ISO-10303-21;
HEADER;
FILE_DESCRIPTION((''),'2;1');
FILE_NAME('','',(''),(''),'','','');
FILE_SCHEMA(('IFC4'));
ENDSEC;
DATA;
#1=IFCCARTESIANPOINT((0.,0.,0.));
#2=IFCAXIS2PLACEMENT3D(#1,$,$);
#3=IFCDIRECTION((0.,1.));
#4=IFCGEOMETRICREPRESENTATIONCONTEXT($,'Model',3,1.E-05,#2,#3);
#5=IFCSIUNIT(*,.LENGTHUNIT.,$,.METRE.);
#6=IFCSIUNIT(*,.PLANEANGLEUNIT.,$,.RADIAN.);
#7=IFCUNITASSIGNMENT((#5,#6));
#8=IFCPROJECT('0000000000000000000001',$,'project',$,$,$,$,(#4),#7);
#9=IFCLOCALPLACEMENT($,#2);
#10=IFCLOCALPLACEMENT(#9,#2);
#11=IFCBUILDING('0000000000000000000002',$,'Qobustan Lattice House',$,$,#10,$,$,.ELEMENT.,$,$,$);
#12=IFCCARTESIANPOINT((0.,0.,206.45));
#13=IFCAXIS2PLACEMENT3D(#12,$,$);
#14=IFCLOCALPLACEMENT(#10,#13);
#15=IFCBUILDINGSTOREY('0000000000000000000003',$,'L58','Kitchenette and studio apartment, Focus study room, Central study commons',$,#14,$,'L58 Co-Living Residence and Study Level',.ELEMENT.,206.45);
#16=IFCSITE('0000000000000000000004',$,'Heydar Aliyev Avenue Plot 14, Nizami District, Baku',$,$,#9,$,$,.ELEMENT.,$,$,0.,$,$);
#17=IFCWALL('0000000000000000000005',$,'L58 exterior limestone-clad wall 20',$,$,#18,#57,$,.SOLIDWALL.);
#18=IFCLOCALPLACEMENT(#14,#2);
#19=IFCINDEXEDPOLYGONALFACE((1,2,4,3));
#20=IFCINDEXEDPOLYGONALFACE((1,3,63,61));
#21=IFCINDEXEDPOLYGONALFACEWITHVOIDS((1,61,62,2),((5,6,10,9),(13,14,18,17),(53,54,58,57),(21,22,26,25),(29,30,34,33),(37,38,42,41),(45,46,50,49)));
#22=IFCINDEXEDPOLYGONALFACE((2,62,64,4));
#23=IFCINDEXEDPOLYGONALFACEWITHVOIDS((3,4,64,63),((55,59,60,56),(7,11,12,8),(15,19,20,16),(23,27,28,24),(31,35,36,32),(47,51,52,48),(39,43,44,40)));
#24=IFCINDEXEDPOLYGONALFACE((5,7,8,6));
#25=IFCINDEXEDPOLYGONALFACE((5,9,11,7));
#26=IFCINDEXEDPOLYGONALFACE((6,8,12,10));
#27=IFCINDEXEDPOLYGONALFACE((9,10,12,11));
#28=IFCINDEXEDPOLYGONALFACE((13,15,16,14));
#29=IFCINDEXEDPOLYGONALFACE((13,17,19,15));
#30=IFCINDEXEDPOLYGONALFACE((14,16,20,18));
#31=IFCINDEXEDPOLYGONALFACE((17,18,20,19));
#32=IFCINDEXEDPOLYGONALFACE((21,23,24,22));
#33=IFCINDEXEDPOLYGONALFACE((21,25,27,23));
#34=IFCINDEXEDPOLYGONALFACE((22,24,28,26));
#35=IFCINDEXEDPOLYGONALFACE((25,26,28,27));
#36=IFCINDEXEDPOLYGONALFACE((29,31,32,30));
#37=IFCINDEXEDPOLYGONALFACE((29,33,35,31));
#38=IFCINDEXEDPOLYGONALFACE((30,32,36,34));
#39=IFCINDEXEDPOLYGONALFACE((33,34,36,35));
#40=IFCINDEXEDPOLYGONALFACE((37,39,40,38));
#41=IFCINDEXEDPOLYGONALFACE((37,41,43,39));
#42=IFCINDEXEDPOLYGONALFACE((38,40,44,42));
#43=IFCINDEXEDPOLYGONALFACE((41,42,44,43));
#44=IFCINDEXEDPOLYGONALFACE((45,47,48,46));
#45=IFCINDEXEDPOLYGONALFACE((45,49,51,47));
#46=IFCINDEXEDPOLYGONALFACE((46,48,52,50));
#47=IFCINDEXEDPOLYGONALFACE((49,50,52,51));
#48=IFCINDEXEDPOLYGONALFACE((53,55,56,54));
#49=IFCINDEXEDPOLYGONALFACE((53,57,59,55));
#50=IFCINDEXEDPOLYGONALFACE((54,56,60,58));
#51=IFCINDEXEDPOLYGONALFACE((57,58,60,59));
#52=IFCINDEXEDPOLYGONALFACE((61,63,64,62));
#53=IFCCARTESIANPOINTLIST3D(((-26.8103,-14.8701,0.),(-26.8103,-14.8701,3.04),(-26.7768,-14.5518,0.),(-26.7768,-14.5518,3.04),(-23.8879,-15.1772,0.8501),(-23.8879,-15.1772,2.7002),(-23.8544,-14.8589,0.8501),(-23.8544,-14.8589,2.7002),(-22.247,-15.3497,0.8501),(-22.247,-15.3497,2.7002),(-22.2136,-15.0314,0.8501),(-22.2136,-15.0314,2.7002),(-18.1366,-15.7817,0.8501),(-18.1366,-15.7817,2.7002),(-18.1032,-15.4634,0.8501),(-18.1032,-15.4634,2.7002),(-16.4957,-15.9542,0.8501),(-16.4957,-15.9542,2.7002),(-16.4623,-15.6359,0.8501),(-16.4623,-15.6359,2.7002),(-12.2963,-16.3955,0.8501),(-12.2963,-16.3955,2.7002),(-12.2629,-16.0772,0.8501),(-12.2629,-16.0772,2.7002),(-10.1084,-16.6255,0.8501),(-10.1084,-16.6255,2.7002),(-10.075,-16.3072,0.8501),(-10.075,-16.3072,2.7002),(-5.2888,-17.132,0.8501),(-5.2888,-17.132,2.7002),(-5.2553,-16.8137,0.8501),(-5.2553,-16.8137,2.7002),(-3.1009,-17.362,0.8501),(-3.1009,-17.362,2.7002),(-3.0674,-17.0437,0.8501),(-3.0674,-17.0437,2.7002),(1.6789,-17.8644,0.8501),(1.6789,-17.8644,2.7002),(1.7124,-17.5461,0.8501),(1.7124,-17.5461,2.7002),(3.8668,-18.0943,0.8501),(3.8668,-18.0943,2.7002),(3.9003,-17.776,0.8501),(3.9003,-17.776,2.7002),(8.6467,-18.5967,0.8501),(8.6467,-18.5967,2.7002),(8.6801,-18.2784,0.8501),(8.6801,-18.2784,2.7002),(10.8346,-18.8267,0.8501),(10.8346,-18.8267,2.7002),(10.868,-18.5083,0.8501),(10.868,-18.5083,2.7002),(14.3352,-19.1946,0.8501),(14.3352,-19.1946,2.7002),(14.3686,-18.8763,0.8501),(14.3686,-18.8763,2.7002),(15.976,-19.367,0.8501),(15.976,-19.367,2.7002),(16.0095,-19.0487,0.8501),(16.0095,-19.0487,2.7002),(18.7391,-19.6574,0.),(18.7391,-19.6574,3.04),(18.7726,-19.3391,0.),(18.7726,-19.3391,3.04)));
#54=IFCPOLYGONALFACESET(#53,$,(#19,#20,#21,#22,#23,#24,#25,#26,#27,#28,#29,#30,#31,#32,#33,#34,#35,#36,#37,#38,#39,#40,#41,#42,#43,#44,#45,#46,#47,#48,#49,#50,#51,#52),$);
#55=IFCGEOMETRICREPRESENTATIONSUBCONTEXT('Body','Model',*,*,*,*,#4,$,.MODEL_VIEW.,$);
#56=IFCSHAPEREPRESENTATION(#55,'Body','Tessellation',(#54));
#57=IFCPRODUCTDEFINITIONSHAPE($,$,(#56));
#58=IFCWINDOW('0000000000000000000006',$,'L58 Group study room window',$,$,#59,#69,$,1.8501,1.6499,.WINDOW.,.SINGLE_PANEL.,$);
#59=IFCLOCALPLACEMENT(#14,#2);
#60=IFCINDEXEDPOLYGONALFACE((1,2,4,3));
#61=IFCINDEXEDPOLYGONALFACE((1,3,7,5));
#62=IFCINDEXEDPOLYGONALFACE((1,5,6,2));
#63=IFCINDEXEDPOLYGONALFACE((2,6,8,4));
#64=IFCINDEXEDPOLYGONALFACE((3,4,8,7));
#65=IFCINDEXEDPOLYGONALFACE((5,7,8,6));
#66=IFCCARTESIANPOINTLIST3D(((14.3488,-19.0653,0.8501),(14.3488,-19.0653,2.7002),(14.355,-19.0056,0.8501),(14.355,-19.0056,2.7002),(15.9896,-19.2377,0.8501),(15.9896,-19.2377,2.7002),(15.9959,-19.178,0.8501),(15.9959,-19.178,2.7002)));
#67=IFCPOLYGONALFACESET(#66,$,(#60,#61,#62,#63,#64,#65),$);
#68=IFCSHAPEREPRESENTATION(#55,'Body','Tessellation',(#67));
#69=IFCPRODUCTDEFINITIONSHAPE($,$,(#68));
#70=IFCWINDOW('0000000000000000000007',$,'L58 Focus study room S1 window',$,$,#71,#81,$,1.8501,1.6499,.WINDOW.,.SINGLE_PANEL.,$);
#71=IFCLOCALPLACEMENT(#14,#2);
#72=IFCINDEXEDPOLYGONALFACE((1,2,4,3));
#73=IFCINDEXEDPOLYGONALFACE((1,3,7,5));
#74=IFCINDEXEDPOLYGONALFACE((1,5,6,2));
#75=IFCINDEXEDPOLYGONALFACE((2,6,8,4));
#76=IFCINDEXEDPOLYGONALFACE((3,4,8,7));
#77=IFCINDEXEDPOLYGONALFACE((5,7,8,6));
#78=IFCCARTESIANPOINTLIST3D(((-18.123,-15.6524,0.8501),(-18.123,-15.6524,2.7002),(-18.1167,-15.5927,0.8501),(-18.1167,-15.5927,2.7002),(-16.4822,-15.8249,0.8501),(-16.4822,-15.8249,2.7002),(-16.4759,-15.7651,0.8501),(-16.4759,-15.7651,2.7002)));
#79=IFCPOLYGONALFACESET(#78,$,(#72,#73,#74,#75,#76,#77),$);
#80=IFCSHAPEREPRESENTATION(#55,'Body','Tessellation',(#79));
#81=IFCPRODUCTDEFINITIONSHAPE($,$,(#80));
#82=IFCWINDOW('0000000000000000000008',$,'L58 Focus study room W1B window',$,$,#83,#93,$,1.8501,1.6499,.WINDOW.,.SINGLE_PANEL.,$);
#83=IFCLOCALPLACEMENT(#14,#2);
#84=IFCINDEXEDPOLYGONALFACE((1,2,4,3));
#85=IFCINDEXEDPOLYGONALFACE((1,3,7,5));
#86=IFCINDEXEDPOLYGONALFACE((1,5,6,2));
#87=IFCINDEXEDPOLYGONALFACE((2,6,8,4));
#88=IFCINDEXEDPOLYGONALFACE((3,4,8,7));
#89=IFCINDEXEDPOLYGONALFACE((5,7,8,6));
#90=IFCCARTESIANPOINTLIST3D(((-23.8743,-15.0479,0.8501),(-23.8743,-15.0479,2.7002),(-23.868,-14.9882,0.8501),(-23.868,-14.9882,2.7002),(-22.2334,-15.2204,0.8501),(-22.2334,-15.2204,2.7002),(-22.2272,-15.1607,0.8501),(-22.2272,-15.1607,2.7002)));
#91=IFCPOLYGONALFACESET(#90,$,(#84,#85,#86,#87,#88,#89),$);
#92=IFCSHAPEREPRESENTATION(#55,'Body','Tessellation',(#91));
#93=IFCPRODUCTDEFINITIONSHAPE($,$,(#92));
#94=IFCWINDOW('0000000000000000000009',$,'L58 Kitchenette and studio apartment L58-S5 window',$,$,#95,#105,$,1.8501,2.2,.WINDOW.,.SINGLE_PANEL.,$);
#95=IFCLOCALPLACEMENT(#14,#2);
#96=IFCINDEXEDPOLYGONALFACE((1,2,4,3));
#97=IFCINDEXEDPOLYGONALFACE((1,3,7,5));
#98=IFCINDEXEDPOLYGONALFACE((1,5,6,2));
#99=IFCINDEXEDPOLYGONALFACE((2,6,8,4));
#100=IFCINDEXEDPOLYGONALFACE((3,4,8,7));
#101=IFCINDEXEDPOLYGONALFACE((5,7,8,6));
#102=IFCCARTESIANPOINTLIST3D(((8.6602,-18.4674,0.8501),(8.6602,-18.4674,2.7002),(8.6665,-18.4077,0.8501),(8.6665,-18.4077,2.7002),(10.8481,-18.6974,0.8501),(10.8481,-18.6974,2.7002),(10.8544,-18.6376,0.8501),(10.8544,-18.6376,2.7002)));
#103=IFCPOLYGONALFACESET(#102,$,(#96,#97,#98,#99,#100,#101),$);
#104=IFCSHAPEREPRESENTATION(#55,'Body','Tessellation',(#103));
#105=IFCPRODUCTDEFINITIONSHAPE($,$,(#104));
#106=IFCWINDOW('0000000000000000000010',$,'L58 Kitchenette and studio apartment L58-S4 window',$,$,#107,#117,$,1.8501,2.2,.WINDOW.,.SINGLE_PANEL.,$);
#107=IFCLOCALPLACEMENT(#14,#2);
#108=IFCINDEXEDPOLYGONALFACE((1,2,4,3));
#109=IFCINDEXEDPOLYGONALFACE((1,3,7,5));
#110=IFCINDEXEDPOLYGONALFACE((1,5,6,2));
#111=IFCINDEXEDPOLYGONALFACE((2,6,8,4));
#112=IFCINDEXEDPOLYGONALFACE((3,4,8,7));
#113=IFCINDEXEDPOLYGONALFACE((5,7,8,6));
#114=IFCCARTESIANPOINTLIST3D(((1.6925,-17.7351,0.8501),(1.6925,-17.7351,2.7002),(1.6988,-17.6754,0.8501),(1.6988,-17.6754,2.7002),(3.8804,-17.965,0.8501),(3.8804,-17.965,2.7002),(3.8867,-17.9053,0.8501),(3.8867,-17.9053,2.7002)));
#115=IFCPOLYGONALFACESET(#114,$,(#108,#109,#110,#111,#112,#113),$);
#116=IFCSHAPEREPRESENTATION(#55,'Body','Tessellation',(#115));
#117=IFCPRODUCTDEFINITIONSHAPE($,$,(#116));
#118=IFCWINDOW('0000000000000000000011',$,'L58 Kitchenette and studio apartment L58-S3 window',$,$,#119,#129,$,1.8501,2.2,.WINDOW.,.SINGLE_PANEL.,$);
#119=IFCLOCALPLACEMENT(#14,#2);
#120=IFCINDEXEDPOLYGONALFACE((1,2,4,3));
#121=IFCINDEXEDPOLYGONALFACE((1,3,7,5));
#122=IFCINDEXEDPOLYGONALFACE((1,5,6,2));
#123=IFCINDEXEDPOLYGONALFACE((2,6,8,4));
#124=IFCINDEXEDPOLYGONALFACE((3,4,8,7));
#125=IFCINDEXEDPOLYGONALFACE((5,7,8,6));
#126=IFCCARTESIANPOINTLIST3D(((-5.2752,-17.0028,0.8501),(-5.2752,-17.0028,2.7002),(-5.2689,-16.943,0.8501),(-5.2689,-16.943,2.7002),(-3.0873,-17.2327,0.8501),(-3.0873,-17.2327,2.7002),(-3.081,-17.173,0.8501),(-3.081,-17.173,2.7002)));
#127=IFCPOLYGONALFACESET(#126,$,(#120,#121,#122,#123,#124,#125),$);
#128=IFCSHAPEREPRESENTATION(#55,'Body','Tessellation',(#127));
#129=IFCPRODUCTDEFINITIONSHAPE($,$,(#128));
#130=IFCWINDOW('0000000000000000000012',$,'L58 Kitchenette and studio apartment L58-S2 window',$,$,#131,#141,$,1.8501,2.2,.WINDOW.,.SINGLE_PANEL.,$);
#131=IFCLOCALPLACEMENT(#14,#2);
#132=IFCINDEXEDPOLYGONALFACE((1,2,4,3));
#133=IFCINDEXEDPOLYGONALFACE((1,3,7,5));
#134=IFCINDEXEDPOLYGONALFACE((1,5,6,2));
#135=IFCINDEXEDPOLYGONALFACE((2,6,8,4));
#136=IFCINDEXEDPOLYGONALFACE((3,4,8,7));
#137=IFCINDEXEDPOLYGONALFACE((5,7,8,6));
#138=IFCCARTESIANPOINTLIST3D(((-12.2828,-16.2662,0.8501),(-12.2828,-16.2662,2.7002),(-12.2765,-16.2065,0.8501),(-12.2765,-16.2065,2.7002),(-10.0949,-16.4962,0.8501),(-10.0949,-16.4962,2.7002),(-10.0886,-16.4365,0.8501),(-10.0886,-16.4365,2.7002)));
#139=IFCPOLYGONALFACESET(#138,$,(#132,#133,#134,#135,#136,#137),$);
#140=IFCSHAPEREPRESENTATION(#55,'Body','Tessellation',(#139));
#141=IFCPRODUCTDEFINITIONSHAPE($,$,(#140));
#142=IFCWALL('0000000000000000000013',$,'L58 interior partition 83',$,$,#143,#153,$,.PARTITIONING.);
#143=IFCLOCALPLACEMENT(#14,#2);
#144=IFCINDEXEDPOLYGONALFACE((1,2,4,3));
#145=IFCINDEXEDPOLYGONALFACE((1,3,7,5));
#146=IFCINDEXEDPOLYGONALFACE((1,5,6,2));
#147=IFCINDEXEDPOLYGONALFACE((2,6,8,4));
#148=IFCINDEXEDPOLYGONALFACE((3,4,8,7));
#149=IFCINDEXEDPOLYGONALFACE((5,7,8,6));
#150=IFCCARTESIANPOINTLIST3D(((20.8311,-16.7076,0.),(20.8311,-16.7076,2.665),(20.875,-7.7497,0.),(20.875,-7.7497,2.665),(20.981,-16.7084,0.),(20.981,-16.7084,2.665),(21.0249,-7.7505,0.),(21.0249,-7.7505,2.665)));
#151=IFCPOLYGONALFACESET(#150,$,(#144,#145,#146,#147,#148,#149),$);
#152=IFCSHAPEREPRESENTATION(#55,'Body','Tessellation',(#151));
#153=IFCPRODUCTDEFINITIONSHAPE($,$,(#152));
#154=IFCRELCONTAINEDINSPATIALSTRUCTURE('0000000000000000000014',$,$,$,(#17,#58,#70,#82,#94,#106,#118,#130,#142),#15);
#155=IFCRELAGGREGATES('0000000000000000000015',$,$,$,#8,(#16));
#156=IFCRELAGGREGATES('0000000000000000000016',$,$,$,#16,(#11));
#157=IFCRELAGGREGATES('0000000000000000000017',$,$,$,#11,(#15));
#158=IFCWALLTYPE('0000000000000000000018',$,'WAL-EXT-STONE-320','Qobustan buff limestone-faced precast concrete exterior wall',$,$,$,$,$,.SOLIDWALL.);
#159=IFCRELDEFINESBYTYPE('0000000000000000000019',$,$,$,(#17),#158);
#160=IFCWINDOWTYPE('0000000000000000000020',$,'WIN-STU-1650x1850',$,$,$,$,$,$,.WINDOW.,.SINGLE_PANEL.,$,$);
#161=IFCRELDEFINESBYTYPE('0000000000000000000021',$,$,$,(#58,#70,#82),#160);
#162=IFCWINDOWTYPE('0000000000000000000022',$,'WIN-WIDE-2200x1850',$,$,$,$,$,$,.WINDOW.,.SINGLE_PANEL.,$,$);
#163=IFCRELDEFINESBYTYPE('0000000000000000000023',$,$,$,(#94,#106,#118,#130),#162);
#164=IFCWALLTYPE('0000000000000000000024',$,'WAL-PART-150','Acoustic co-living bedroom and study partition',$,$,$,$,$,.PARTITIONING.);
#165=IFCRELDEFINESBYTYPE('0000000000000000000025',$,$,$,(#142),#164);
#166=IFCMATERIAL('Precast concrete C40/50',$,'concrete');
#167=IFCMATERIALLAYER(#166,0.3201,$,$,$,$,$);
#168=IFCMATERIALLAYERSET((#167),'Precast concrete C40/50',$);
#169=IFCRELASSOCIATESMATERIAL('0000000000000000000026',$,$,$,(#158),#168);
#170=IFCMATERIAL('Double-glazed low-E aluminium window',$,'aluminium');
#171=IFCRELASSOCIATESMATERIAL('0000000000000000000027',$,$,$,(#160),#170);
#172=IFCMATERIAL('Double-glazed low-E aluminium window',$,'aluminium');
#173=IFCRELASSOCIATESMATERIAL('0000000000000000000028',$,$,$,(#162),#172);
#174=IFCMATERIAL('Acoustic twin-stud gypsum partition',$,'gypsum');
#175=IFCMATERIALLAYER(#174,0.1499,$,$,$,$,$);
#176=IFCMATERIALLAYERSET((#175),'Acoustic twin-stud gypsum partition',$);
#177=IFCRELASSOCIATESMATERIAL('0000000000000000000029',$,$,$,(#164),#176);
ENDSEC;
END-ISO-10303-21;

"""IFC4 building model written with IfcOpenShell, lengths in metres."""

from ifc_helpers import new_model, si_unit, direction, frame, frame_2d, origin, place, context, subcontext, project, spatial, rectangle, extrude, material, layer, layer_set, type_object, element, fill, save


model = new_model("IFC4")

# Units and contexts
model_context = context("Model", 3, precision=1e-05, world=origin(), true_north=direction((0.0, 1.0)))
body_context = subcontext(model_context, "Body", "Model", "MODEL_VIEW")
ifc_project = project(units=[si_unit("LENGTHUNIT", "METRE"), si_unit("PLANEANGLEUNIT", "RADIAN")], contexts=[model_context])

# Site, building, storey
site_placement = place(None, origin())
site = spatial("IfcSite", under=ifc_project, at=site_placement, Name="Heydar Aliyev Avenue Plot 14, Nizami District, Baku", CompositionType="ELEMENT", RefElevation=0.0)
building_placement = place(site_placement, origin())
building = spatial("IfcBuilding", under=site, at=building_placement, Name="Qobustan Lattice House", CompositionType="ELEMENT")
storey_placement = place(building_placement, frame((0.0, 0.0, 206.45)))
storey = spatial("IfcBuildingStorey", under=building, at=storey_placement, Name="L58", Description="Kitchenette and studio apartment, Focus study room, Central study commons", LongName="L58 Co-Living Residence and Study Level", CompositionType="ELEMENT", Elevation=206.45)

# Shared definitions
ifc_material_1 = material(Name="Precast concrete C40/50", Category="concrete")
ifc_layer_1 = layer(ifc_material_1, 0.3201)
ifc_layer_set_1 = layer_set([ifc_layer_1], Name="Precast concrete C40/50")
wall_type_1 = type_object("IfcWallType", Name="WAL-EXT-STONE-320", Description="Qobustan buff limestone-faced precast concrete exterior wall", PredefinedType="SOLIDWALL", material=ifc_layer_set_1)

# Wall, openings, windows
wall_1_placement = place(storey_placement, frame((18.7559, -19.4983, 0.0), z_axis=(0.0, 0.0, 1.0), x_axis=(-0.994522, 0.104527, 0.0)))
wall_1 = element("IfcWall", 1, at=wall_1_placement, inside=storey, type_object=wall_type_1, Name="L58 exterior limestone-clad wall 20", PredefinedType="SOLIDWALL", context=body_context, shape_type="SweptSolid", body=[
    extrude(rectangle(XDim=45.8003, YDim=0.3201, at=frame_2d((22.9001, 0.0))), origin(), (0.0, 0.0, 1.0), 3.04),
])
opening_1_placement = place(wall_1_placement, frame((2.7783, 0.0, 0.8501)))
opening_1 = element("IfcOpeningElement", 2, at=opening_1_placement, cuts=wall_1, PredefinedType="OPENING", context=body_context, shape_type="SweptSolid", body=[
    extrude(rectangle(XDim=1.6499, YDim=1.8501, at=frame_2d((0.825, 0.925))), frame((0.0, 0.1699, 0.0), z_axis=(0.0, -1.0, 0.0), x_axis=(1.0, 0.0, 0.0)), (0.0, 0.0, 1.0), 0.3401),
])
opening_2_placement = place(wall_1_placement, frame((7.948, 0.0, 0.8501)))
opening_2 = element("IfcOpeningElement", 3, at=opening_2_placement, cuts=wall_1, PredefinedType="OPENING", context=body_context, shape_type="SweptSolid", body=[
    extrude(rectangle(XDim=2.2, YDim=1.8501, at=frame_2d((1.1001, 0.925))), frame((0.0, 0.1699, 0.0), z_axis=(0.0, -1.0, 0.0), x_axis=(1.0, 0.0, 0.0)), (0.0, 0.0, 1.0), 0.3401),
])
opening_3_placement = place(wall_1_placement, frame((14.9541, 0.0, 0.8501)))
opening_3 = element("IfcOpeningElement", 4, at=opening_3_placement, cuts=wall_1, PredefinedType="OPENING", context=body_context, shape_type="SweptSolid", body=[
    extrude(rectangle(XDim=2.2, YDim=1.8501, at=frame_2d((1.1001, 0.925))), frame((0.0, 0.1699, 0.0), z_axis=(0.0, -1.0, 0.0), x_axis=(1.0, 0.0, 0.0)), (0.0, 0.0, 1.0), 0.3401),
])
opening_4_placement = place(wall_1_placement, frame((21.9602, 0.0, 0.8501)))
opening_4 = element("IfcOpeningElement", 5, at=opening_4_placement, cuts=wall_1, PredefinedType="OPENING", context=body_context, shape_type="SweptSolid", body=[
    extrude(rectangle(XDim=2.2, YDim=1.8501, at=frame_2d((1.1001, 0.925))), frame((0.0, 0.1699, 0.0), z_axis=(0.0, -1.0, 0.0), x_axis=(1.0, 0.0, 0.0)), (0.0, 0.0, 1.0), 0.3401),
])
opening_5_placement = place(wall_1_placement, frame((29.0063, 0.0, 0.8501)))
opening_5 = element("IfcOpeningElement", 6, at=opening_5_placement, cuts=wall_1, PredefinedType="OPENING", context=body_context, shape_type="SweptSolid", body=[
    extrude(rectangle(XDim=2.2, YDim=1.8501, at=frame_2d((1.1001, 0.925))), frame((0.0, 0.1699, 0.0), z_axis=(0.0, -1.0, 0.0), x_axis=(1.0, 0.0, 0.0)), (0.0, 0.0, 1.0), 0.3401),
])
opening_6_placement = place(wall_1_placement, frame((35.429, 0.0, 0.8501)))
opening_6 = element("IfcOpeningElement", 7, at=opening_6_placement, cuts=wall_1, PredefinedType="OPENING", context=body_context, shape_type="SweptSolid", body=[
    extrude(rectangle(XDim=1.6499, YDim=1.8501, at=frame_2d((0.825, 0.925))), frame((0.0, 0.1699, 0.0), z_axis=(0.0, -1.0, 0.0), x_axis=(1.0, 0.0, 0.0)), (0.0, 0.0, 1.0), 0.3401),
])
opening_7_placement = place(wall_1_placement, frame((41.2119, 0.0, 0.8501)))
opening_7 = element("IfcOpeningElement", 8, at=opening_7_placement, cuts=wall_1, PredefinedType="OPENING", context=body_context, shape_type="SweptSolid", body=[
    extrude(rectangle(XDim=1.6499, YDim=1.8501, at=frame_2d((0.825, 0.925))), frame((0.0, 0.1699, 0.0), z_axis=(0.0, -1.0, 0.0), x_axis=(1.0, 0.0, 0.0)), (0.0, 0.0, 1.0), 0.3401),
])
ifc_material_2 = material(Name="Double-glazed low-E aluminium window", Category="aluminium")
window_type_1 = type_object("IfcWindowType", Name="WIN-STU-1650x1850", PartitioningType="SINGLE_PANEL", PredefinedType="WINDOW", material=ifc_material_2)
window_1_placement = place(opening_1_placement, origin())
window_1 = element("IfcWindow", 9, at=window_1_placement, inside=storey, type_object=window_type_1, Name="L58 Group study room window", OverallHeight=1.8501, OverallWidth=1.6499, PartitioningType="SINGLE_PANEL", PredefinedType="WINDOW", context=body_context, shape_type="SweptSolid", body=[
    extrude(rectangle(XDim=1.6499, YDim=1.8501, at=frame_2d((0.825, 0.925))), frame((0.0, 0.03, 0.0), z_axis=(0.0, -1.0, 0.0), x_axis=(1.0, 0.0, 0.0)), (0.0, 0.0, 1.0), 0.0601),
])
fill(opening_1, window_1)
window_2_placement = place(opening_6_placement, origin())
window_2 = element("IfcWindow", 10, at=window_2_placement, inside=storey, type_object=window_type_1, Name="L58 Focus study room S1 window", OverallHeight=1.8501, OverallWidth=1.6499, PartitioningType="SINGLE_PANEL", PredefinedType="WINDOW", context=body_context, shape_type="SweptSolid", body=[
    extrude(rectangle(XDim=1.6499, YDim=1.8501, at=frame_2d((0.825, 0.925))), frame((0.0, 0.03, 0.0), z_axis=(0.0, -1.0, 0.0), x_axis=(1.0, 0.0, 0.0)), (0.0, 0.0, 1.0), 0.0601),
])
fill(opening_6, window_2)
window_3_placement = place(opening_7_placement, origin())
window_3 = element("IfcWindow", 11, at=window_3_placement, inside=storey, type_object=window_type_1, Name="L58 Focus study room W1B window", OverallHeight=1.8501, OverallWidth=1.6499, PartitioningType="SINGLE_PANEL", PredefinedType="WINDOW", context=body_context, shape_type="SweptSolid", body=[
    extrude(rectangle(XDim=1.6499, YDim=1.8501, at=frame_2d((0.825, 0.925))), frame((0.0, 0.03, 0.0), z_axis=(0.0, -1.0, 0.0), x_axis=(1.0, 0.0, 0.0)), (0.0, 0.0, 1.0), 0.0601),
])
fill(opening_7, window_3)
ifc_material_3 = material(Name="Double-glazed low-E aluminium window", Category="aluminium")
window_type_2 = type_object("IfcWindowType", Name="WIN-WIDE-2200x1850", PartitioningType="SINGLE_PANEL", PredefinedType="WINDOW", material=ifc_material_3)
window_4_placement = place(opening_2_placement, origin())
window_4 = element("IfcWindow", 12, at=window_4_placement, inside=storey, type_object=window_type_2, Name="L58 Kitchenette and studio apartment L58-S5 window", OverallHeight=1.8501, OverallWidth=2.2, PartitioningType="SINGLE_PANEL", PredefinedType="WINDOW", context=body_context, shape_type="SweptSolid", body=[
    extrude(rectangle(XDim=2.2, YDim=1.8501, at=frame_2d((1.1001, 0.925))), frame((0.0, 0.03, 0.0), z_axis=(0.0, -1.0, 0.0), x_axis=(1.0, 0.0, 0.0)), (0.0, 0.0, 1.0), 0.0601),
])
fill(opening_2, window_4)
window_5_placement = place(opening_3_placement, origin())
window_5 = element("IfcWindow", 13, at=window_5_placement, inside=storey, type_object=window_type_2, Name="L58 Kitchenette and studio apartment L58-S4 window", OverallHeight=1.8501, OverallWidth=2.2, PartitioningType="SINGLE_PANEL", PredefinedType="WINDOW", context=body_context, shape_type="SweptSolid", body=[
    extrude(rectangle(XDim=2.2, YDim=1.8501, at=frame_2d((1.1001, 0.925))), frame((0.0, 0.03, 0.0), z_axis=(0.0, -1.0, 0.0), x_axis=(1.0, 0.0, 0.0)), (0.0, 0.0, 1.0), 0.0601),
])
fill(opening_3, window_5)
window_6_placement = place(opening_4_placement, origin())
window_6 = element("IfcWindow", 14, at=window_6_placement, inside=storey, type_object=window_type_2, Name="L58 Kitchenette and studio apartment L58-S3 window", OverallHeight=1.8501, OverallWidth=2.2, PartitioningType="SINGLE_PANEL", PredefinedType="WINDOW", context=body_context, shape_type="SweptSolid", body=[
    extrude(rectangle(XDim=2.2, YDim=1.8501, at=frame_2d((1.1001, 0.925))), frame((0.0, 0.03, 0.0), z_axis=(0.0, -1.0, 0.0), x_axis=(1.0, 0.0, 0.0)), (0.0, 0.0, 1.0), 0.0601),
])
fill(opening_4, window_6)
window_7_placement = place(opening_5_placement, origin())
window_7 = element("IfcWindow", 15, at=window_7_placement, inside=storey, type_object=window_type_2, Name="L58 Kitchenette and studio apartment L58-S2 window", OverallHeight=1.8501, OverallWidth=2.2, PartitioningType="SINGLE_PANEL", PredefinedType="WINDOW", context=body_context, shape_type="SweptSolid", body=[
    extrude(rectangle(XDim=2.2, YDim=1.8501, at=frame_2d((1.1001, 0.925))), frame((0.0, 0.03, 0.0), z_axis=(0.0, -1.0, 0.0), x_axis=(1.0, 0.0, 0.0)), (0.0, 0.0, 1.0), 0.0601),
])
fill(opening_5, window_7)

# Wall
ifc_material_4 = material(Name="Acoustic twin-stud gypsum partition", Category="gypsum")
ifc_layer_2 = layer(ifc_material_4, 0.1499)
ifc_layer_set_2 = layer_set([ifc_layer_2], Name="Acoustic twin-stud gypsum partition")
wall_type_2 = type_object("IfcWallType", Name="WAL-PART-150", Description="Acoustic co-living bedroom and study partition", PredefinedType="PARTITIONING", material=ifc_layer_set_2)
wall_2_placement = place(storey_placement, frame((20.906, -16.708, 0.0), z_axis=(0.0, 0.0, 1.0), x_axis=(0.004906, 0.999988, 0.0)))
element("IfcWall", 16, at=wall_2_placement, inside=storey, type_object=wall_type_2, Name="L58 interior partition 83", PredefinedType="PARTITIONING", context=body_context, shape_type="SweptSolid", body=[
    extrude(rectangle(XDim=8.958, YDim=0.1499, at=frame_2d((4.479, 0.0))), origin(), (0.0, 0.0, 1.0), 2.665),
])

save(model, "model.ifc")
